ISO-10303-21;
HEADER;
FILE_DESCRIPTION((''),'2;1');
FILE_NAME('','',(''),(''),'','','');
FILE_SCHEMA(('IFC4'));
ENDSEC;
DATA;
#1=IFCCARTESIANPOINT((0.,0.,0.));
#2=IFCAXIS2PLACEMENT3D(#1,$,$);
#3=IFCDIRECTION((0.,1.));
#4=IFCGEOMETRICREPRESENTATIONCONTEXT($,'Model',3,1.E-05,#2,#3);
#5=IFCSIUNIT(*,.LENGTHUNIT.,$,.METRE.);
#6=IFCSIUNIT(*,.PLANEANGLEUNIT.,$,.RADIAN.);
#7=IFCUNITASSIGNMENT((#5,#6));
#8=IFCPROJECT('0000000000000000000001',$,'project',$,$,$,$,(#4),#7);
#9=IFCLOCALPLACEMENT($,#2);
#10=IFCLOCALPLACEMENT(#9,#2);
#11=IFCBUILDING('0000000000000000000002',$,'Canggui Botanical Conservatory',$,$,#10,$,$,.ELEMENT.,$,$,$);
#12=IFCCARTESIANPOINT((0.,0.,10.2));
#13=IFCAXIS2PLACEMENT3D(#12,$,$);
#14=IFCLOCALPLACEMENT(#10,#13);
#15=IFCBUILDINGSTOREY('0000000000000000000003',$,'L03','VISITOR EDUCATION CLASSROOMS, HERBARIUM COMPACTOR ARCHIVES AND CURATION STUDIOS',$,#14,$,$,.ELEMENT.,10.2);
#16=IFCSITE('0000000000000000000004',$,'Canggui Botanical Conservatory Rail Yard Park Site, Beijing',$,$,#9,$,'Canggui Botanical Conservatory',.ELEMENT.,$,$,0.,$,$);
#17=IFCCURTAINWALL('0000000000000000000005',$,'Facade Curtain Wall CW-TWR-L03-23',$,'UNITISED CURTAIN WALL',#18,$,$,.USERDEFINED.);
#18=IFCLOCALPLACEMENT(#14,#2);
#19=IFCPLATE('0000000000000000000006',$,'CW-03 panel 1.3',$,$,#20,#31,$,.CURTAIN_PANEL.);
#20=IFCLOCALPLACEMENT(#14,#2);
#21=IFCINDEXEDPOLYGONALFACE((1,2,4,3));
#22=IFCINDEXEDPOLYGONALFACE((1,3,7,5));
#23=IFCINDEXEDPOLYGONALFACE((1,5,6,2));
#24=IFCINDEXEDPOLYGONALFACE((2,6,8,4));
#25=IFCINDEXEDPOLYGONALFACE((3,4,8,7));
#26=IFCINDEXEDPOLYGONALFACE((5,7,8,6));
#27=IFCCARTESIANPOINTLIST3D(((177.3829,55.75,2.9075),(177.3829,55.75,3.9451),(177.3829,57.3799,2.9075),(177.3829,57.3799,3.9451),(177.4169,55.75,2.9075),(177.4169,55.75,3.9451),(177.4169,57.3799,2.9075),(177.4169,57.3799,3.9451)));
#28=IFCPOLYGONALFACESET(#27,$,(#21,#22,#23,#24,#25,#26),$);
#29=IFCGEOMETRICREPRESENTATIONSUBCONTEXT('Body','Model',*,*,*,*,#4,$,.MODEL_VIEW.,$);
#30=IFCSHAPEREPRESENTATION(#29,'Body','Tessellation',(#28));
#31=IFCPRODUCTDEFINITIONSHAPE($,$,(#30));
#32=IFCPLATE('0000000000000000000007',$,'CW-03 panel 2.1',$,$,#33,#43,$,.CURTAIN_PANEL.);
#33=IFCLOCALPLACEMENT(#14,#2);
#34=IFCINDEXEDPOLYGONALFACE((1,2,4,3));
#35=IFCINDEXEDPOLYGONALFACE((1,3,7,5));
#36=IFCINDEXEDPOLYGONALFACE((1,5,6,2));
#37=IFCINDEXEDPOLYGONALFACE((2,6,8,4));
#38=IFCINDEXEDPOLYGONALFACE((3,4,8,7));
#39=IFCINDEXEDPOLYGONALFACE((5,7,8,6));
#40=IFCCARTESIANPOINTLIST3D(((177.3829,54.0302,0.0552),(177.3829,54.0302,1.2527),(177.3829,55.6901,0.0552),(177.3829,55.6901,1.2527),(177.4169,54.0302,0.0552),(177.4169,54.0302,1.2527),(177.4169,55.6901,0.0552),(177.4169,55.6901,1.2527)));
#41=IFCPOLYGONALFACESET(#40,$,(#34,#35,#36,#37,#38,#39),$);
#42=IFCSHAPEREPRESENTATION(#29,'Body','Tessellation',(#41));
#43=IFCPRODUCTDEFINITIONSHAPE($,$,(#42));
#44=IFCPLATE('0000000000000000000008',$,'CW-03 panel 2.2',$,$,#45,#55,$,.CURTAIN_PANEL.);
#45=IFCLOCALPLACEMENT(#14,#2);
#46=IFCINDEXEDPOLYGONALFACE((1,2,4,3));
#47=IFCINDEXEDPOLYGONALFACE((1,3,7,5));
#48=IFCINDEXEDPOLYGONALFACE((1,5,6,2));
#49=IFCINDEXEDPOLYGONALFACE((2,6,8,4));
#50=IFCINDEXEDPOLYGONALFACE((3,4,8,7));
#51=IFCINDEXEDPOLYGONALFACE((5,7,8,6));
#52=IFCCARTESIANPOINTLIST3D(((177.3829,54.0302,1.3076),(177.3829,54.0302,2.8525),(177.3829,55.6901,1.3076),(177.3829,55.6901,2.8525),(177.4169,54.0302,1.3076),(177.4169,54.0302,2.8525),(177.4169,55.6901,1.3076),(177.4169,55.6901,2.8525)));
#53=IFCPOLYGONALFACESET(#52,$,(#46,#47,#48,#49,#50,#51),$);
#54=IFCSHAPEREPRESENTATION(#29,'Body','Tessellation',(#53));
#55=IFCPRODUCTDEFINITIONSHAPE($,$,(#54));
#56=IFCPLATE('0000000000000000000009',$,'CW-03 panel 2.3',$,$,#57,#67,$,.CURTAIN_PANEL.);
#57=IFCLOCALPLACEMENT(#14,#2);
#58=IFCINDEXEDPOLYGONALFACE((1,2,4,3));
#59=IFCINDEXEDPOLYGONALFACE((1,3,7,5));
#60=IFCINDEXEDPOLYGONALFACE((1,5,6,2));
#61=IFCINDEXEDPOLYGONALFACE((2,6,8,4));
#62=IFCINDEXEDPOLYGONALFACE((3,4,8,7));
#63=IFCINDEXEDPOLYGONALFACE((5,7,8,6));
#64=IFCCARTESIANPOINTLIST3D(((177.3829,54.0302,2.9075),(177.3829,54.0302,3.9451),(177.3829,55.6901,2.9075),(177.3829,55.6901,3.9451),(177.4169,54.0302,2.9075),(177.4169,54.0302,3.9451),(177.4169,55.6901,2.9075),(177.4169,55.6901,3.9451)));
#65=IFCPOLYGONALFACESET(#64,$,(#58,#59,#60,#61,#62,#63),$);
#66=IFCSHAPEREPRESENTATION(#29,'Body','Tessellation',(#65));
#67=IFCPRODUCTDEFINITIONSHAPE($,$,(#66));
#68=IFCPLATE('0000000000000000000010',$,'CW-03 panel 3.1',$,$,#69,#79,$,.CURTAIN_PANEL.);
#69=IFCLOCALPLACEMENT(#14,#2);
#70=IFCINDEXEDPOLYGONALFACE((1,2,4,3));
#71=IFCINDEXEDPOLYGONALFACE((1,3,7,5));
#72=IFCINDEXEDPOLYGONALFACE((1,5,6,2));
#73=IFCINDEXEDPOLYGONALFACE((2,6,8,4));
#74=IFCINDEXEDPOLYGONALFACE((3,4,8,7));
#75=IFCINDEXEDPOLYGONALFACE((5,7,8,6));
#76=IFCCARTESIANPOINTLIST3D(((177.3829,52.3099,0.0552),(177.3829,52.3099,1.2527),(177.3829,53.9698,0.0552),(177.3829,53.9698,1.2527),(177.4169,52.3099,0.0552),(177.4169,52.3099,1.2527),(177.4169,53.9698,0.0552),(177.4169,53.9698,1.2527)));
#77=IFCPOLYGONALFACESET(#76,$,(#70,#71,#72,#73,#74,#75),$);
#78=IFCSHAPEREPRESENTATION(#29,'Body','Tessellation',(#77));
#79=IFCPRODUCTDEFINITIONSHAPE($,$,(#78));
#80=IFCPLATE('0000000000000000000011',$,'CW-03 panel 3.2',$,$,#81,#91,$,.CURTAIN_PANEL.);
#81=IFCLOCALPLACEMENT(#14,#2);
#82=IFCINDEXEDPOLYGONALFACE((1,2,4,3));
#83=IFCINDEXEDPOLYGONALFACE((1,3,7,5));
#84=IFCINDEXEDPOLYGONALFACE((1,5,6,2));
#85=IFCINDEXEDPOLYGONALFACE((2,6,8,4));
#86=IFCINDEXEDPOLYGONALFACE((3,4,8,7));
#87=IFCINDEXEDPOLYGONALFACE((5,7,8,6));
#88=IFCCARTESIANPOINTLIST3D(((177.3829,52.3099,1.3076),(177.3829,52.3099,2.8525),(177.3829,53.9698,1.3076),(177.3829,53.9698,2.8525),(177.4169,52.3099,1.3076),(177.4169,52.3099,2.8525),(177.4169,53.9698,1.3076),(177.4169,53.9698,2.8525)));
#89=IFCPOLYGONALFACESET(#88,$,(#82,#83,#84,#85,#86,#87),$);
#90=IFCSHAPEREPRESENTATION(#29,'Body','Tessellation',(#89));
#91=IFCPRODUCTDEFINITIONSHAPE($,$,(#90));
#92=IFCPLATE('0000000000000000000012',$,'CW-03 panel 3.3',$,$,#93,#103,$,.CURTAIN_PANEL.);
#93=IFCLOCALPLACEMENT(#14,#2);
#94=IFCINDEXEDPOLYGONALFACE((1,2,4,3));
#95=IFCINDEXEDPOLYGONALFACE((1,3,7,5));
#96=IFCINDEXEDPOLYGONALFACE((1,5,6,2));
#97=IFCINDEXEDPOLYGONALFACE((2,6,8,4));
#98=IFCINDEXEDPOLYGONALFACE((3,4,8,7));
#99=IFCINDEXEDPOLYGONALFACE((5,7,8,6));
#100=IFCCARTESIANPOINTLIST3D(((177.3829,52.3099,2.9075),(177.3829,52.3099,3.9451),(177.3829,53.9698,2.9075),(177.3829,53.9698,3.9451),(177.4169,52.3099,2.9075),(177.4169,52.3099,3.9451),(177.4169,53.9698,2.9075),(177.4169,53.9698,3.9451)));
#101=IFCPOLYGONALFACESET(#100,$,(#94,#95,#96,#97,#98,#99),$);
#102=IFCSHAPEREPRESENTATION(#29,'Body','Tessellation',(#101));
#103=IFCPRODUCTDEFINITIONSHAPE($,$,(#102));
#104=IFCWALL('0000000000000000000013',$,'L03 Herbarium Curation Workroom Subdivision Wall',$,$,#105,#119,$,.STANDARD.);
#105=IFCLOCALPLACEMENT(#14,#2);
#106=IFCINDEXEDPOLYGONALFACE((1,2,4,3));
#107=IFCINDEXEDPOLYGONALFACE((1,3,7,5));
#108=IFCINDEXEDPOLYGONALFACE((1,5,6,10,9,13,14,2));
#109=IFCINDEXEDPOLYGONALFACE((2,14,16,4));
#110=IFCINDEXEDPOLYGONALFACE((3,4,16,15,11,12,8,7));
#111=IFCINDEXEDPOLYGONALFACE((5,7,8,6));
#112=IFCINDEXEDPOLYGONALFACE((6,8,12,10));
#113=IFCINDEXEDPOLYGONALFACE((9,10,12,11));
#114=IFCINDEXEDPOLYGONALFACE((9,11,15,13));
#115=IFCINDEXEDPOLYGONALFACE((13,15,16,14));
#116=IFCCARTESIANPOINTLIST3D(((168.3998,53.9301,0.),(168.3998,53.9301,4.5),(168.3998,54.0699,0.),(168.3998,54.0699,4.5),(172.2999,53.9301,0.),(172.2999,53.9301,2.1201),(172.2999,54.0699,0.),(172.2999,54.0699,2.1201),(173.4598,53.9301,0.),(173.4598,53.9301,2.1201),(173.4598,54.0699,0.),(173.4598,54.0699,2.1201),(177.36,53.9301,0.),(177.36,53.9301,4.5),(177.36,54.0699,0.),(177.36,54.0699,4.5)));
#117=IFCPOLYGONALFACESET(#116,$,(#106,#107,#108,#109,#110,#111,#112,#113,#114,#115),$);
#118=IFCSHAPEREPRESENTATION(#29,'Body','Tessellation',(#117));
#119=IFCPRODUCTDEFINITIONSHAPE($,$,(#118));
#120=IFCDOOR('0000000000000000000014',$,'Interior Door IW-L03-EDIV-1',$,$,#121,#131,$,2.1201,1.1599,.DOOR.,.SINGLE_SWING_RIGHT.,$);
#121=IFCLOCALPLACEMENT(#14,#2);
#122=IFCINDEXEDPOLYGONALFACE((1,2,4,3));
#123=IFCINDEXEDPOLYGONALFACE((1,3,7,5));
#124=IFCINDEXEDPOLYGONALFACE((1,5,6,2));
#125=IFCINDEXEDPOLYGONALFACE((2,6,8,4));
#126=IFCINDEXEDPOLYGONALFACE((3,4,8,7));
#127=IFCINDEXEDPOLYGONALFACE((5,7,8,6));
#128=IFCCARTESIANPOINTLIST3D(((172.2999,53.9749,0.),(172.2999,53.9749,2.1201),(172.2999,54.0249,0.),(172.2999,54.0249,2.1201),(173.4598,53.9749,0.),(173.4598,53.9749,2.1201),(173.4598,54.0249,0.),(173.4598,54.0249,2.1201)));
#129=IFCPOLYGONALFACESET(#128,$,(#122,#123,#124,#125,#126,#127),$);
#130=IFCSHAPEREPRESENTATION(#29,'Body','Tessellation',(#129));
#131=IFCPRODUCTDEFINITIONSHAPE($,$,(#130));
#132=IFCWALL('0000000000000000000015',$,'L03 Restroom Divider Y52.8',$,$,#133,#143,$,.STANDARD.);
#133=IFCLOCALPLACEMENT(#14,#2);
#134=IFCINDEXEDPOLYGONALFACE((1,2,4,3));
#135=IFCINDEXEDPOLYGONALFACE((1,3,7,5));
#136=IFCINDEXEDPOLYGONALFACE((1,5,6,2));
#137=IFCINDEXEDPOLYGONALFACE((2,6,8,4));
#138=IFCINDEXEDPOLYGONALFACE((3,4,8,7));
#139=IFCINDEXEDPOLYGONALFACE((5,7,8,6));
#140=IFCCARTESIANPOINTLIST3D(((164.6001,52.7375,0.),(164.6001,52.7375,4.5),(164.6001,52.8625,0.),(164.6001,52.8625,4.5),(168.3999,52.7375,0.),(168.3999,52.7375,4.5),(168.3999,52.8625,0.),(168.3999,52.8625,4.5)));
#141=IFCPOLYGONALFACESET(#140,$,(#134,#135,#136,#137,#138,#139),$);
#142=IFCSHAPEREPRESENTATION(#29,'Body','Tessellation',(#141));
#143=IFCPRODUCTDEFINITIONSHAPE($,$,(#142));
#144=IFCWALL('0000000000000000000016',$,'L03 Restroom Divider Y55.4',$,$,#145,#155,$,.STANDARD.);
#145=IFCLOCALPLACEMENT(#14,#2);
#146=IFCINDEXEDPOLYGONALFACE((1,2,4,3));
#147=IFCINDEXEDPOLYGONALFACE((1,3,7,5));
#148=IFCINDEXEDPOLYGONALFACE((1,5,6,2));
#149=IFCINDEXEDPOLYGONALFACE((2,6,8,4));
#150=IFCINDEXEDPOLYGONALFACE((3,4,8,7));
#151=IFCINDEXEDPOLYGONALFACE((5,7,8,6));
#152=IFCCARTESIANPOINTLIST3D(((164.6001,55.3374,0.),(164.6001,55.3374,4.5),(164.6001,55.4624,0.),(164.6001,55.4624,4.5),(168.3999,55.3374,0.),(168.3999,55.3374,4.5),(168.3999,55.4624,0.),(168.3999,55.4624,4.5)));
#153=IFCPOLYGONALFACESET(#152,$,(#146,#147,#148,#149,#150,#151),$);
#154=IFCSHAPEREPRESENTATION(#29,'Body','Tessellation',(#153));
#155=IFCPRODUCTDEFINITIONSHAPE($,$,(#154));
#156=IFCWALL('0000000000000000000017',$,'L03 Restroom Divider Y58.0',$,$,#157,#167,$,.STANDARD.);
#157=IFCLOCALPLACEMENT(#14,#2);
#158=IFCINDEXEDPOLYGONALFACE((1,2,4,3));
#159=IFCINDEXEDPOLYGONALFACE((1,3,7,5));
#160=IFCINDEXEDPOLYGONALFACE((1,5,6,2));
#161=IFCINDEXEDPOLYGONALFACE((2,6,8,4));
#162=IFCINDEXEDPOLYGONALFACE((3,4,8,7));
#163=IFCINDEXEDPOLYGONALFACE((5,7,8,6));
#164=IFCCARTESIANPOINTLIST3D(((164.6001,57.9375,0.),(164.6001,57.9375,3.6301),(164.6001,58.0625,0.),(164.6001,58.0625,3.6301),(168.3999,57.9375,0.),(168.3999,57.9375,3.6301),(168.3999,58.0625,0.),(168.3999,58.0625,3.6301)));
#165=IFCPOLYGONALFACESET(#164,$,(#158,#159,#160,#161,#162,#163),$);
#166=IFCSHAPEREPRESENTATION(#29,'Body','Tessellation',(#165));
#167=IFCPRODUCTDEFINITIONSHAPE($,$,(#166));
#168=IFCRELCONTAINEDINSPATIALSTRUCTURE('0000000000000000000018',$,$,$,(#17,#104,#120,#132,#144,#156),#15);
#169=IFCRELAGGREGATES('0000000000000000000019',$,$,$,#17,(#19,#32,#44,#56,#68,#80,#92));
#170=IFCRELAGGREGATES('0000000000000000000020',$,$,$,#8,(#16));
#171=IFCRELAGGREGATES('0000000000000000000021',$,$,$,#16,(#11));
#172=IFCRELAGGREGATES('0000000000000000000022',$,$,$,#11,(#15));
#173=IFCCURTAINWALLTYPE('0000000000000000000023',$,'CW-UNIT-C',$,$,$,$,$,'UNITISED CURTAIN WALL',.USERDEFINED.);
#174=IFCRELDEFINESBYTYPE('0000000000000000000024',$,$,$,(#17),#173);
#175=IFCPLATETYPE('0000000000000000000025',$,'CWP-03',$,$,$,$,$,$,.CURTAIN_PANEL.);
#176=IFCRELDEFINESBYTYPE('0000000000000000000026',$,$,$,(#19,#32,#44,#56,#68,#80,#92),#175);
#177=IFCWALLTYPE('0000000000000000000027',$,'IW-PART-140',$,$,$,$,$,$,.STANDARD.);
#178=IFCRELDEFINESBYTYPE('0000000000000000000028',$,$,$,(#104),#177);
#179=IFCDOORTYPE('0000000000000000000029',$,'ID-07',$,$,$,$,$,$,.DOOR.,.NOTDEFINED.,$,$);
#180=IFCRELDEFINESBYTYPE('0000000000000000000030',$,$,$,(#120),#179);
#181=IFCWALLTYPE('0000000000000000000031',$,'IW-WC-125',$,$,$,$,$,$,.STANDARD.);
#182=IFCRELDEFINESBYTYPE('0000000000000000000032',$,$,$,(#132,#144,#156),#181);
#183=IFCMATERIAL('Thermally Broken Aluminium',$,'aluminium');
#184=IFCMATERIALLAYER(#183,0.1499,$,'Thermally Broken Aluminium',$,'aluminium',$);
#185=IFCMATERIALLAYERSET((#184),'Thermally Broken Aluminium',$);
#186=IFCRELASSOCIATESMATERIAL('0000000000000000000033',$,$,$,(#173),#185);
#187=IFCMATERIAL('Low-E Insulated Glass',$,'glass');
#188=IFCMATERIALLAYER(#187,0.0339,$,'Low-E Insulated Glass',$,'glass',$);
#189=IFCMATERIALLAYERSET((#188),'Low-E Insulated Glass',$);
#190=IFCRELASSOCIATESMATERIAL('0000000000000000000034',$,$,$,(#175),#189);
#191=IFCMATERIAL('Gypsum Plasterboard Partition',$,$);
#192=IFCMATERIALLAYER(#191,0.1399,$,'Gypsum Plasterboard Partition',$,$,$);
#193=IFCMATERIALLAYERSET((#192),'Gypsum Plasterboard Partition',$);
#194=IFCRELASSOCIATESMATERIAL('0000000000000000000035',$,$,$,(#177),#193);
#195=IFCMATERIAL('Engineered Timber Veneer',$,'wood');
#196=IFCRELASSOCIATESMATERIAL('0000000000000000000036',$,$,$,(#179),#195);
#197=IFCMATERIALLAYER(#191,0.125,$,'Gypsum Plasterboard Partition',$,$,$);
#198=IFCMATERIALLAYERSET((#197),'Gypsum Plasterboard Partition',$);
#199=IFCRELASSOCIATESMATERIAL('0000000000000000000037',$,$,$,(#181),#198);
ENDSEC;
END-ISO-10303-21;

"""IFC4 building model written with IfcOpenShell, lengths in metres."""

from ifc_helpers import new_model, si_unit, direction, frame, frame_2d, origin, origin_2d, place, context, subcontext, project, spatial, rectangle, extrude, material, layer, layer_set, type_object, element, fill, aggregate, save


model = new_model("IFC4")

# Units and contexts
model_context = context("Model", 3, precision=1e-05, world=origin(), true_north=direction((0.0, 1.0)))
body_context = subcontext(model_context, "Body", "Model", "MODEL_VIEW")
ifc_project = project(units=[si_unit("LENGTHUNIT", "METRE"), si_unit("PLANEANGLEUNIT", "RADIAN")], contexts=[model_context])

# Site, building, storey
site_placement = place(None, origin())
site = spatial("IfcSite", under=ifc_project, at=site_placement, Name="Canggui Botanical Conservatory Rail Yard Park Site, Beijing", LongName="Canggui Botanical Conservatory", CompositionType="ELEMENT", RefElevation=0.0)
building_placement = place(site_placement, origin())
building = spatial("IfcBuilding", under=site, at=building_placement, Name="Canggui Botanical Conservatory", CompositionType="ELEMENT")
storey_placement = place(building_placement, frame((0.0, 0.0, 10.2)))
storey = spatial("IfcBuildingStorey", under=building, at=storey_placement, Name="L03", Description="VISITOR EDUCATION CLASSROOMS, HERBARIUM COMPACTOR ARCHIVES AND CURATION STUDIOS", CompositionType="ELEMENT", Elevation=10.2)

# Curtain wall, plates
ifc_material_1 = material(Name="Thermally Broken Aluminium", Category="aluminium")
ifc_layer_1 = layer(ifc_material_1, 0.1499, Name="Thermally Broken Aluminium", Category="aluminium")
ifc_layer_set_1 = layer_set([ifc_layer_1], Name="Thermally Broken Aluminium")
curtain_wall_type = type_object("IfcCurtainWallType", Name="CW-UNIT-C", ElementType="UNITISED CURTAIN WALL", PredefinedType="USERDEFINED", material=ifc_layer_set_1)
curtain_wall_placement = place(storey_placement, origin())
curtain_wall = element("IfcCurtainWall", 1, at=curtain_wall_placement, inside=storey, type_object=curtain_wall_type, Name="Facade Curtain Wall CW-TWR-L03-23", ObjectType="UNITISED CURTAIN WALL", PredefinedType="USERDEFINED")
ifc_material_2 = material(Name="Low-E Insulated Glass", Category="glass")
ifc_layer_2 = layer(ifc_material_2, 0.0339, Name="Low-E Insulated Glass", Category="glass")
ifc_layer_set_2 = layer_set([ifc_layer_2], Name="Low-E Insulated Glass")
plate_type = type_object("IfcPlateType", Name="CWP-03", PredefinedType="CURTAIN_PANEL", material=ifc_layer_set_2)
plate_1_placement = place(storey_placement, frame((177.3999, 56.5649, 2.9075), z_axis=(0.0, 0.0, 1.0), x_axis=(0.0, -1.0, 0.0)))
plate_1 = element("IfcPlate", 2, at=plate_1_placement, type_object=plate_type, Name="CW-03 panel 1.3", PredefinedType="CURTAIN_PANEL", context=body_context, shape_type="SweptSolid", body=[
    extrude(rectangle(XDim=1.6299, YDim=0.0339, at=origin_2d()), origin(), (0.0, 0.0, 1.0), 1.0376),
])
plate_2_placement = place(storey_placement, frame((177.3999, 54.8601, 0.0552), z_axis=(0.0, 0.0, 1.0), x_axis=(0.0, -1.0, 0.0)))
plate_2 = element("IfcPlate", 3, at=plate_2_placement, type_object=plate_type, Name="CW-03 panel 2.1", PredefinedType="CURTAIN_PANEL", context=body_context, shape_type="SweptSolid", body=[
    extrude(rectangle(XDim=1.6599, YDim=0.0339, at=origin_2d()), origin(), (0.0, 0.0, 1.0), 1.1975),
])
plate_3_placement = place(storey_placement, frame((177.3999, 54.8601, 1.3076), z_axis=(0.0, 0.0, 1.0), x_axis=(0.0, -1.0, 0.0)))
plate_3 = element("IfcPlate", 4, at=plate_3_placement, type_object=plate_type, Name="CW-03 panel 2.2", PredefinedType="CURTAIN_PANEL", context=body_context, shape_type="SweptSolid", body=[
    extrude(rectangle(XDim=1.6599, YDim=0.0339, at=origin_2d()), origin(), (0.0, 0.0, 1.0), 1.5449),
])
plate_4_placement = place(storey_placement, frame((177.3999, 54.8601, 2.9075), z_axis=(0.0, 0.0, 1.0), x_axis=(0.0, -1.0, 0.0)))
plate_4 = element("IfcPlate", 5, at=plate_4_placement, type_object=plate_type, Name="CW-03 panel 2.3", PredefinedType="CURTAIN_PANEL", context=body_context, shape_type="SweptSolid", body=[
    extrude(rectangle(XDim=1.6599, YDim=0.0339, at=origin_2d()), origin(), (0.0, 0.0, 1.0), 1.0376),
])
plate_5_placement = place(storey_placement, frame((177.3999, 53.1399, 0.0552), z_axis=(0.0, 0.0, 1.0), x_axis=(0.0, -1.0, 0.0)))
plate_5 = element("IfcPlate", 6, at=plate_5_placement, type_object=plate_type, Name="CW-03 panel 3.1", PredefinedType="CURTAIN_PANEL", context=body_context, shape_type="SweptSolid", body=[
    extrude(rectangle(XDim=1.6599, YDim=0.0339, at=origin_2d()), origin(), (0.0, 0.0, 1.0), 1.1975),
])
plate_6_placement = place(storey_placement, frame((177.3999, 53.1399, 1.3076), z_axis=(0.0, 0.0, 1.0), x_axis=(0.0, -1.0, 0.0)))
plate_6 = element("IfcPlate", 7, at=plate_6_placement, type_object=plate_type, Name="CW-03 panel 3.2", PredefinedType="CURTAIN_PANEL", context=body_context, shape_type="SweptSolid", body=[
    extrude(rectangle(XDim=1.6599, YDim=0.0339, at=origin_2d()), origin(), (0.0, 0.0, 1.0), 1.5449),
])
plate_7_placement = place(storey_placement, frame((177.3999, 53.1399, 2.9075), z_axis=(0.0, 0.0, 1.0), x_axis=(0.0, -1.0, 0.0)))
plate_7 = element("IfcPlate", 8, at=plate_7_placement, type_object=plate_type, Name="CW-03 panel 3.3", PredefinedType="CURTAIN_PANEL", context=body_context, shape_type="SweptSolid", body=[
    extrude(rectangle(XDim=1.6599, YDim=0.0339, at=origin_2d()), origin(), (0.0, 0.0, 1.0), 1.0376),
])
aggregate(curtain_wall, [plate_1, plate_2, plate_3, plate_4, plate_5, plate_6, plate_7])

# Wall, opening, door
ifc_material_3 = material(Name="Gypsum Plasterboard Partition")
ifc_layer_3 = layer(ifc_material_3, 0.1399, Name="Gypsum Plasterboard Partition")
ifc_layer_set_3 = layer_set([ifc_layer_3], Name="Gypsum Plasterboard Partition")
wall_type_1 = type_object("IfcWallType", Name="IW-PART-140", PredefinedType="STANDARD", material=ifc_layer_set_3)
wall_1_placement = place(storey_placement, frame((168.3999, 54.0, 0.0), z_axis=(0.0, 0.0, 1.0), x_axis=(1.0, 0.0, 0.0)))
wall_1 = element("IfcWall", 9, at=wall_1_placement, inside=storey, type_object=wall_type_1, Name="L03 Herbarium Curation Workroom Subdivision Wall", PredefinedType="STANDARD", context=body_context, shape_type="SweptSolid", body=[
    extrude(rectangle(XDim=8.9602, YDim=0.1399, at=frame_2d((4.48, 0.0))), origin(), (0.0, 0.0, 1.0), 4.5),
])
opening_placement = place(wall_1_placement, frame((3.8999, 0.0, 0.0)))
opening = element("IfcOpeningElement", 10, at=opening_placement, cuts=wall_1, PredefinedType="OPENING", context=body_context, shape_type="SweptSolid", body=[
    extrude(rectangle(XDim=1.1599, YDim=2.1201, at=frame_2d((0.5801, 1.0601))), frame((0.0, 0.0801, 0.0), z_axis=(0.0, -1.0, 0.0), x_axis=(1.0, 0.0, 0.0)), (0.0, 0.0, 1.0), 0.1599),
])
ifc_material_4 = material(Name="Engineered Timber Veneer", Category="wood")
door_type = type_object("IfcDoorType", Name="ID-07", OperationType="NOTDEFINED", PredefinedType="DOOR", material=ifc_material_4)
door_placement = place(opening_placement, origin())
door = element("IfcDoor", 11, at=door_placement, inside=storey, type_object=door_type, Name="Interior Door IW-L03-EDIV-1", OperationType="SINGLE_SWING_RIGHT", OverallHeight=2.1201, OverallWidth=1.1599, PredefinedType="DOOR", context=body_context, shape_type="SweptSolid", body=[
    extrude(rectangle(XDim=1.1599, YDim=2.1201, at=frame_2d((0.5801, 1.0601))), frame((0.0, 0.0249, 0.0), z_axis=(0.0, -1.0, 0.0), x_axis=(1.0, 0.0, 0.0)), (0.0, 0.0, 1.0), 0.05),
])
fill(opening, door)

# Walls
ifc_layer_4 = layer(ifc_material_3, 0.125, Name="Gypsum Plasterboard Partition")
ifc_layer_set_4 = layer_set([ifc_layer_4], Name="Gypsum Plasterboard Partition")
wall_type_2 = type_object("IfcWallType", Name="IW-WC-125", PredefinedType="STANDARD", material=ifc_layer_set_4)
for number, where, z_axis, x_axis, name in (
    (12, (164.6001, 52.8, 0.0), (0.0, 0.0, 1.0), (1.0, 0.0, 0.0), "L03 Restroom Divider Y52.8"),
    (13, (164.6001, 55.3999, 0.0), (0.0, 0.0, 1.0), (1.0, 0.0, 0.0), "L03 Restroom Divider Y55.4"),
):
    element("IfcWall", number, at=place(storey_placement, frame(where, z_axis=z_axis, x_axis=x_axis)), inside=storey, type_object=wall_type_2, Name=name, PredefinedType="STANDARD", context=body_context, shape_type="SweptSolid", body=[
        extrude(rectangle(XDim=3.7998, YDim=0.125, at=frame_2d((1.8999, 0.0))), origin(), (0.0, 0.0, 1.0), 4.5),
    ])
wall_2_placement = place(storey_placement, frame((164.6001, 58.0, 0.0), z_axis=(0.0, 0.0, 1.0), x_axis=(1.0, 0.0, 0.0)))
element("IfcWall", 14, at=wall_2_placement, inside=storey, type_object=wall_type_2, Name="L03 Restroom Divider Y58.0", PredefinedType="STANDARD", context=body_context, shape_type="SweptSolid", body=[
    extrude(rectangle(XDim=3.7998, YDim=0.125, at=frame_2d((1.8999, 0.0))), origin(), (0.0, 0.0, 1.0), 3.6301),
])

save(model, "model.ifc")
